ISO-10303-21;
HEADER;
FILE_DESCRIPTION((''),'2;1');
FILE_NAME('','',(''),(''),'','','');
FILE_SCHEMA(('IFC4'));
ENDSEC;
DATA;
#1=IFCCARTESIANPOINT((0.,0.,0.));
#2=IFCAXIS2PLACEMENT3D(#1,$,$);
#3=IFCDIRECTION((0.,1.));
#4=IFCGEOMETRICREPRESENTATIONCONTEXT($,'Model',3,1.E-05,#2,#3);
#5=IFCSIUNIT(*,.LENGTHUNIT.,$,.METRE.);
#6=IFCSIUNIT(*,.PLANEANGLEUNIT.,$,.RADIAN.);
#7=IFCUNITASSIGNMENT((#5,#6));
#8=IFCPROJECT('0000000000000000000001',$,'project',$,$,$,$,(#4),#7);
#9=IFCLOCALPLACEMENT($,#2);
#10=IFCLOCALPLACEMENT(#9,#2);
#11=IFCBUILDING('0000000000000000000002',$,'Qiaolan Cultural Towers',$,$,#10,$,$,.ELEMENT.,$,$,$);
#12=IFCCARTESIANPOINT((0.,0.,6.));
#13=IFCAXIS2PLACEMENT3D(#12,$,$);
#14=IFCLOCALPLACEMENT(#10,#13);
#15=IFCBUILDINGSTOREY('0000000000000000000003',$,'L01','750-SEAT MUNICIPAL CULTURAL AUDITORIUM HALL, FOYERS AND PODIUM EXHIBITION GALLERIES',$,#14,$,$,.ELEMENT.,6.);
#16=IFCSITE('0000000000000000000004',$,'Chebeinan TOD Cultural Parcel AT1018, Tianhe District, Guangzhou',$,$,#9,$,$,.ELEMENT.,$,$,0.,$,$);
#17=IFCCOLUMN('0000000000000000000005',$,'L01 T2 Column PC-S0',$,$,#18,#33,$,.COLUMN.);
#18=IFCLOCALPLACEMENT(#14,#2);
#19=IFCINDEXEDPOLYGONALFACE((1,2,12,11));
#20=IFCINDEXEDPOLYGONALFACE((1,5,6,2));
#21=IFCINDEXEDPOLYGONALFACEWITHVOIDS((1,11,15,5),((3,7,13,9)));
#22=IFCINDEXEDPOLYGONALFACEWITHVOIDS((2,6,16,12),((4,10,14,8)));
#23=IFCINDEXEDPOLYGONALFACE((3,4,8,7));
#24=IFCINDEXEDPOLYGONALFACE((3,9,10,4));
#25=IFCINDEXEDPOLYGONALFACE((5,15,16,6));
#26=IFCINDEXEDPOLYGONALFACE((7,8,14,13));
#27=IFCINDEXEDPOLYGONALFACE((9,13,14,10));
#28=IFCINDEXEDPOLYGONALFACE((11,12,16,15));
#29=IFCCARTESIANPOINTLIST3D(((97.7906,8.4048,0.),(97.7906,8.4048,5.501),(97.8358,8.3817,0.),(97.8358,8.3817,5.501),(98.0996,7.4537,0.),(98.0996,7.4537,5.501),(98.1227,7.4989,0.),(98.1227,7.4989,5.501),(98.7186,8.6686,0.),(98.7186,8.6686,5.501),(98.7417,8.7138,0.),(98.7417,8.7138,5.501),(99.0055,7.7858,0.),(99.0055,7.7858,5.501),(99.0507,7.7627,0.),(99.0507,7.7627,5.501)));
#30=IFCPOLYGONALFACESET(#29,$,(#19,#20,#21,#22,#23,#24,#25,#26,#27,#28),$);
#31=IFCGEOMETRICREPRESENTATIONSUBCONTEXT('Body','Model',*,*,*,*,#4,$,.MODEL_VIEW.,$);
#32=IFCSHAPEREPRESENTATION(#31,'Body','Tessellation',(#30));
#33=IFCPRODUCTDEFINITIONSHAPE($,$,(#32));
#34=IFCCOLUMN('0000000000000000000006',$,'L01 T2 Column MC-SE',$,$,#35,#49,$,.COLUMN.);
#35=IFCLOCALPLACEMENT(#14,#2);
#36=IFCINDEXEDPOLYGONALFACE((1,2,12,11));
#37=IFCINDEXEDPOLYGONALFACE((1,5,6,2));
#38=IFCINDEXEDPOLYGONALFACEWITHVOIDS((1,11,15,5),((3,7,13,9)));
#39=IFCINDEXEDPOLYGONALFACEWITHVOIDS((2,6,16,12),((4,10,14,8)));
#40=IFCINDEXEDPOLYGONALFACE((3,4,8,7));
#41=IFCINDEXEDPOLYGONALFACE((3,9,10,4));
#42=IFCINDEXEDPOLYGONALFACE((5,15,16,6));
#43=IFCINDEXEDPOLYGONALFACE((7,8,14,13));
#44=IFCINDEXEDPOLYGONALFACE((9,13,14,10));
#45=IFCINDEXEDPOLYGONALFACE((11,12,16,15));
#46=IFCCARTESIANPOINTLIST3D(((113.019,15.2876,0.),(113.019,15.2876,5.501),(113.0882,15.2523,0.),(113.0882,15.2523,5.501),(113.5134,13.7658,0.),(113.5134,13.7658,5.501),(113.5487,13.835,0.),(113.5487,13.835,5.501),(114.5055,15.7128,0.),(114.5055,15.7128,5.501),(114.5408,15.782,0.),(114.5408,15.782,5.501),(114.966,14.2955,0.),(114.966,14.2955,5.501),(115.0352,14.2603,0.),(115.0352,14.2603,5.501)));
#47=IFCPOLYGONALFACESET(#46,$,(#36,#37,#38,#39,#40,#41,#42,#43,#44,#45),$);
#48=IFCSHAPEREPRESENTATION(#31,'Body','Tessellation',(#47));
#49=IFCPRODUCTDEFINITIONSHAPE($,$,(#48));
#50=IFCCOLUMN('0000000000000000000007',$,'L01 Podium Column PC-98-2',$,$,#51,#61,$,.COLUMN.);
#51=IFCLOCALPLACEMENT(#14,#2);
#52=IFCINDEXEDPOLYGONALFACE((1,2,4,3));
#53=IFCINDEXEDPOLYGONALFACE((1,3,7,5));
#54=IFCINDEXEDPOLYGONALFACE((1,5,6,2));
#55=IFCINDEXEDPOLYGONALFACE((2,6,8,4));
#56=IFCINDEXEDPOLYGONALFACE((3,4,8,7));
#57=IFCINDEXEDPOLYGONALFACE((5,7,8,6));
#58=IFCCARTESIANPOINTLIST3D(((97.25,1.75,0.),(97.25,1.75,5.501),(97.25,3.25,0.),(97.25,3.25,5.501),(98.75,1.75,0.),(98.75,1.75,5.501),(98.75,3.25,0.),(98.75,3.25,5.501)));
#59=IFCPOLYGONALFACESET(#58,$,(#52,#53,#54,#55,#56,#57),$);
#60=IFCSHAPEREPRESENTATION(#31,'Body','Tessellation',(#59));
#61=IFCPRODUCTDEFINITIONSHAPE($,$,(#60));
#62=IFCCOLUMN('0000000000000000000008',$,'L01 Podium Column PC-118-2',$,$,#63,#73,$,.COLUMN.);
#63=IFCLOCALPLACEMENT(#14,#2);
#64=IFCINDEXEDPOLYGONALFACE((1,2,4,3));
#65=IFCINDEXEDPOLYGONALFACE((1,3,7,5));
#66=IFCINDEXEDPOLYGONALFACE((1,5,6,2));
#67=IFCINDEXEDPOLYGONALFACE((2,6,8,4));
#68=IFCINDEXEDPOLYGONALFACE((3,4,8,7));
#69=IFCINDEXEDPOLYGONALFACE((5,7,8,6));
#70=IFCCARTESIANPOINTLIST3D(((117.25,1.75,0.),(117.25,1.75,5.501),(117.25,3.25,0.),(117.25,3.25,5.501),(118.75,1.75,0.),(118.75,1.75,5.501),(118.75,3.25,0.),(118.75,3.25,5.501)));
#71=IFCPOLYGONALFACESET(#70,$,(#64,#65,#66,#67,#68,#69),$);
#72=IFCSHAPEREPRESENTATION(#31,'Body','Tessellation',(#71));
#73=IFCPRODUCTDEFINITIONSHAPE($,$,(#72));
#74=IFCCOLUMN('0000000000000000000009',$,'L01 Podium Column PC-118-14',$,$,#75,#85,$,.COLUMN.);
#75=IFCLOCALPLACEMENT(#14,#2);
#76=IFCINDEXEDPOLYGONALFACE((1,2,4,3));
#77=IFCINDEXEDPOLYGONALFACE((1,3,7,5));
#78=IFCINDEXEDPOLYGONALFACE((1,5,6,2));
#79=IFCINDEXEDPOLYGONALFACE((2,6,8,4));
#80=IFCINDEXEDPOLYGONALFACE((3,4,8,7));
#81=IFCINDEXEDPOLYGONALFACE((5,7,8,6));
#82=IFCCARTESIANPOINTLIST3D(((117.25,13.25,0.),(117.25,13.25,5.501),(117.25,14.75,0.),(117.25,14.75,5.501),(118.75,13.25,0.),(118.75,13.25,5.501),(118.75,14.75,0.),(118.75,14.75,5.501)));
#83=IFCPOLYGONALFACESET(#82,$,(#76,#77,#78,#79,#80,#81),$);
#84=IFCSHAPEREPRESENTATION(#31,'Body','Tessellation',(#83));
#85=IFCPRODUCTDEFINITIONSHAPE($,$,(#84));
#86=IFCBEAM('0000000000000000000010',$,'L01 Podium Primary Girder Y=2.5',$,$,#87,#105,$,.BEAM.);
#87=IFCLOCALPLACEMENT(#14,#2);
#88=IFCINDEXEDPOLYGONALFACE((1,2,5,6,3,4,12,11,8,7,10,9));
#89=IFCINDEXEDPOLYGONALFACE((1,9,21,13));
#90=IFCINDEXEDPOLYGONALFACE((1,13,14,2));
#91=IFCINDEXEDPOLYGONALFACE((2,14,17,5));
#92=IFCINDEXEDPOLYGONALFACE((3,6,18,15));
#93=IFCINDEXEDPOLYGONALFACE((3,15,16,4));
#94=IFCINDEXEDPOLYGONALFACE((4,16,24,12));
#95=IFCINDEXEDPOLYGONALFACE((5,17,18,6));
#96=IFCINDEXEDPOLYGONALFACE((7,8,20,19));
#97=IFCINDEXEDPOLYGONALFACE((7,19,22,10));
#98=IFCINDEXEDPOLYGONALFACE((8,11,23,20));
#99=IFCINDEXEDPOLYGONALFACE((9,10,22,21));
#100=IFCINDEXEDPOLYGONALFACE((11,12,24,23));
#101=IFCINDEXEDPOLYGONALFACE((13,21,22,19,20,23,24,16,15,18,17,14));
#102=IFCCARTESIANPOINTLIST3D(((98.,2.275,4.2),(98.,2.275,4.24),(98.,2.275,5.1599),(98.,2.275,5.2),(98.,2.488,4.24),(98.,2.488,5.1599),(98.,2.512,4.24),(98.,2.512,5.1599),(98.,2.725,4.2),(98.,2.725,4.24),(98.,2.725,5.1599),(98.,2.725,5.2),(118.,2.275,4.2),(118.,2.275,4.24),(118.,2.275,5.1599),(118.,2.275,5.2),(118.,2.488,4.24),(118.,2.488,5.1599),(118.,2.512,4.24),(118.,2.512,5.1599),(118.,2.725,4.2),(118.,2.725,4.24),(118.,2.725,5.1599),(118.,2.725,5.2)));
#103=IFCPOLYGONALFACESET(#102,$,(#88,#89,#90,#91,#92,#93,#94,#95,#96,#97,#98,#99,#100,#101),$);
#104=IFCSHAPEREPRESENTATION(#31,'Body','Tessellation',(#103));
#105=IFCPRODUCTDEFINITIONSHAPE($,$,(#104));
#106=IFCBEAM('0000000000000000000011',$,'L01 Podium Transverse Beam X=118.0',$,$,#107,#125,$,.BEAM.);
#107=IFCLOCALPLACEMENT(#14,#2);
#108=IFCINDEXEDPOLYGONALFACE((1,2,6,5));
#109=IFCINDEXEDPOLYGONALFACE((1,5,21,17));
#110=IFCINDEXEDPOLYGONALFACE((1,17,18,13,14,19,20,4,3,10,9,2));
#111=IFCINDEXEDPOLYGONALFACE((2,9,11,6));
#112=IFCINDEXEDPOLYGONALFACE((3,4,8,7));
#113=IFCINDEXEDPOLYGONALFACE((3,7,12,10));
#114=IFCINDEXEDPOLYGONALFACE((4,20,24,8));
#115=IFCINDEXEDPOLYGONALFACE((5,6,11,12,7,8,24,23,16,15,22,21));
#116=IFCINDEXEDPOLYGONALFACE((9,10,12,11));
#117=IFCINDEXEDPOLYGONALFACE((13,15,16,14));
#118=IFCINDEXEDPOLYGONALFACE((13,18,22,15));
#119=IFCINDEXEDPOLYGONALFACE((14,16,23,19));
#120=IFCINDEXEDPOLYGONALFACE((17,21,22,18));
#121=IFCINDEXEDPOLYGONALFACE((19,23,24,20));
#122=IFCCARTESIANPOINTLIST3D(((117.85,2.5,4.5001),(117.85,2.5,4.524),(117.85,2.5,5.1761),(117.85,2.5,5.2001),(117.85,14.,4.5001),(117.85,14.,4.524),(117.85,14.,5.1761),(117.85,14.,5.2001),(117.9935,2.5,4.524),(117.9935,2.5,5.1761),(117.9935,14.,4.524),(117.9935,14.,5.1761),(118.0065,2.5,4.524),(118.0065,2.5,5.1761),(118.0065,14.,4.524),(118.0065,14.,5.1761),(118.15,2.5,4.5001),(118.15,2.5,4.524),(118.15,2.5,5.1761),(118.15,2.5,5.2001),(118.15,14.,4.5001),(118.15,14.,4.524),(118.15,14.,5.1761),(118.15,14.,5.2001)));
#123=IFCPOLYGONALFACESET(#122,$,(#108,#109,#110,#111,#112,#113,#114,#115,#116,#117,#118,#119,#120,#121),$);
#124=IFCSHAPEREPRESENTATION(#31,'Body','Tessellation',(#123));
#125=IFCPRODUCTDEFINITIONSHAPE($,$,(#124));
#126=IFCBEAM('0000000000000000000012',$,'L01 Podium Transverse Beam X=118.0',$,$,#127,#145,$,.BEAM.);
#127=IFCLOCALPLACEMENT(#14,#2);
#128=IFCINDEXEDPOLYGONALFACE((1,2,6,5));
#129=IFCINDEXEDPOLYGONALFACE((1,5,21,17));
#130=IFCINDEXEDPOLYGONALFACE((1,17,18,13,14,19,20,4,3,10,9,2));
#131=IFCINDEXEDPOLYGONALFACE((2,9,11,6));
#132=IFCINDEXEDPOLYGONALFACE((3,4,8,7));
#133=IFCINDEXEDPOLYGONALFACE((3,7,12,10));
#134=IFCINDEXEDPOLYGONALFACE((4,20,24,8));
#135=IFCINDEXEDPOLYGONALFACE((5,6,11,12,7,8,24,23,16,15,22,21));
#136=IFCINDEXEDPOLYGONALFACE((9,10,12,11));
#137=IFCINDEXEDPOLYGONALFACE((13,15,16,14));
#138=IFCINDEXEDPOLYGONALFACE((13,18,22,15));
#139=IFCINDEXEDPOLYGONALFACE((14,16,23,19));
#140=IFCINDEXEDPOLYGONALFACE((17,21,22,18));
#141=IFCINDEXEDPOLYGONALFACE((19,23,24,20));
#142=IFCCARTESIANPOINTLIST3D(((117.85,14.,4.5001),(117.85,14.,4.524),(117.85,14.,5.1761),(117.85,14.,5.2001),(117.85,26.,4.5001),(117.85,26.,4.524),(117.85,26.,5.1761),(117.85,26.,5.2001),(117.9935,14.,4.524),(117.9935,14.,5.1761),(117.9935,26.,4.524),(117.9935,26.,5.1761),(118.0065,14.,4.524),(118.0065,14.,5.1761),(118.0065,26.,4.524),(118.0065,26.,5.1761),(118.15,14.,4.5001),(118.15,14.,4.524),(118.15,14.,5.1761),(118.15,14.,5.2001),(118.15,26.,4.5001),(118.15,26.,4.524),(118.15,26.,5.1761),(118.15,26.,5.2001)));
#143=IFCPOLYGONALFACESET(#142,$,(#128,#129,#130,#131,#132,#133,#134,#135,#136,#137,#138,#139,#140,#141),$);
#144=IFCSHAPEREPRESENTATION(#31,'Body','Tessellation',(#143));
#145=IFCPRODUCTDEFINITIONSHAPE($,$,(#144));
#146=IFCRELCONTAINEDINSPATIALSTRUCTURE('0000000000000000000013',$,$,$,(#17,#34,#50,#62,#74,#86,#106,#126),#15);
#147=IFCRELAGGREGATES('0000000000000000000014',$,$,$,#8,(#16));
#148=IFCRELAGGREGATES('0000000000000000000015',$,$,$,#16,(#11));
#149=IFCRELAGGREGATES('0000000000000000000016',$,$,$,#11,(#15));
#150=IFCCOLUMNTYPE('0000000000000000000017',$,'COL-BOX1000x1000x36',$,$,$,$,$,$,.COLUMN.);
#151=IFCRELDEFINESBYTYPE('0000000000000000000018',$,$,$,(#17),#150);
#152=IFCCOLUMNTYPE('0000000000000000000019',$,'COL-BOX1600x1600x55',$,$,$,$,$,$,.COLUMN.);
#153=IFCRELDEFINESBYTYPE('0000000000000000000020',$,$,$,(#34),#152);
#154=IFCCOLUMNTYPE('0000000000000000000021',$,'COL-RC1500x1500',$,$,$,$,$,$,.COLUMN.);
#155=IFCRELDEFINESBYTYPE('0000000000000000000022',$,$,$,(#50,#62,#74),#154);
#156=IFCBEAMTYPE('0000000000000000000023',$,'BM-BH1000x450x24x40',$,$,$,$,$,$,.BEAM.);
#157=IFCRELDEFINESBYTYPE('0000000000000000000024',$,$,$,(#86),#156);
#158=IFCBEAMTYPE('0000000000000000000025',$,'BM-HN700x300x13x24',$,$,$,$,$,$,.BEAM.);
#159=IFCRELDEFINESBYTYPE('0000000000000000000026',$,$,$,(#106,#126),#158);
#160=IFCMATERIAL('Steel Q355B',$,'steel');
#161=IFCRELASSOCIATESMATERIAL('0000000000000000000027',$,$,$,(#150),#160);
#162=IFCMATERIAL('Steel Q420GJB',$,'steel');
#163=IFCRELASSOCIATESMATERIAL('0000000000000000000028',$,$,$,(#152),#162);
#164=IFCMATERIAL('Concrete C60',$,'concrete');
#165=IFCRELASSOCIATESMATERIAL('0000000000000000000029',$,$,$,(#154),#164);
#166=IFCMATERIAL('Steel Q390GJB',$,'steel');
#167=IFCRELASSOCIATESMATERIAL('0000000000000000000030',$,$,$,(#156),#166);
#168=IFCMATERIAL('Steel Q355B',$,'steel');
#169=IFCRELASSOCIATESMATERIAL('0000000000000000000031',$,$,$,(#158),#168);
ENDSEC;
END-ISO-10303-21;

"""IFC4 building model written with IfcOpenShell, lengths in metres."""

from ifc_helpers import new_model, si_unit, direction, frame, origin, origin_2d, place, context, subcontext, project, spatial, rectangle, hollow_rectangle, i_section, extrude, material, material_profile, profile_set, type_object, element, save


model = new_model("IFC4")

# Units and contexts
model_context = context("Model", 3, precision=1e-05, world=origin(), true_north=direction((0.0, 1.0)))
body_context = subcontext(model_context, "Body", "Model", "MODEL_VIEW")
ifc_project = project(units=[si_unit("LENGTHUNIT", "METRE"), si_unit("PLANEANGLEUNIT", "RADIAN")], contexts=[model_context])

# Site, building, storey
site_placement = place(None, origin())
site = spatial("IfcSite", under=ifc_project, at=site_placement, Name="Chebeinan TOD Cultural Parcel AT1018, Tianhe District, Guangzhou", CompositionType="ELEMENT", RefElevation=0.0)
building_placement = place(site_placement, origin())
building = spatial("IfcBuilding", under=site, at=building_placement, Name="Qiaolan Cultural Towers", CompositionType="ELEMENT")
storey_placement = place(building_placement, frame((0.0, 0.0, 6.0)))
storey = spatial("IfcBuildingStorey", under=building, at=storey_placement, Name="L01", Description="750-SEAT MUNICIPAL CULTURAL AUDITORIUM HALL, FOYERS AND PODIUM EXHIBITION GALLERIES", CompositionType="ELEMENT", Elevation=6.0)

# Columns
ifc_material_1 = material(Name="Steel Q355B", Category="steel")
ifc_material_profile_1 = material_profile(ifc_material_1, hollow_rectangle(XDim=1.0, YDim=1.0, WallThickness=0.0359, at=origin_2d()), Name="BOX1000x1000x36")
ifc_profile_set_1 = profile_set([ifc_material_profile_1], Name="Steel Q355B")
column_type_1 = type_object("IfcColumnType", Name="COL-BOX1000x1000x36", PredefinedType="COLUMN", material=ifc_profile_set_1)
column_1_placement = place(storey_placement, frame((98.4207, 8.0837, 0.0), z_axis=(0.0, 0.0, 1.0), x_axis=(0.951057, 0.309017, 0.0)))
element("IfcColumn", 1, at=column_1_placement, inside=storey, type_object=column_type_1, Name="L01 T2 Column PC-S0", PredefinedType="COLUMN", context=body_context, shape_type="SweptSolid", body=[
    extrude(hollow_rectangle(XDim=1.0, YDim=1.0, WallThickness=0.0359, at=origin_2d()), origin(), (0.0, 0.0, 1.0), 5.501),
])
ifc_material_2 = material(Name="Steel Q420GJB", Category="steel")
ifc_material_profile_2 = material_profile(ifc_material_2, hollow_rectangle(XDim=1.6001, YDim=1.6001, WallThickness=0.0549, at=origin_2d()), Name="BOX1600x1600x55")
ifc_profile_set_2 = profile_set([ifc_material_profile_2], Name="Steel Q420GJB")
column_type_2 = type_object("IfcColumnType", Name="COL-BOX1600x1600x55", PredefinedType="COLUMN", material=ifc_profile_set_2)
column_2_placement = place(storey_placement, frame((114.0271, 14.7739, 0.0), z_axis=(0.0, 0.0, 1.0), x_axis=(0.951057, 0.309017, 0.0)))
element("IfcColumn", 2, at=column_2_placement, inside=storey, type_object=column_type_2, Name="L01 T2 Column MC-SE", PredefinedType="COLUMN", context=body_context, shape_type="SweptSolid", body=[
    extrude(hollow_rectangle(XDim=1.6001, YDim=1.6001, WallThickness=0.0549, at=origin_2d()), origin(), (0.0, 0.0, 1.0), 5.501),
])
ifc_material_3 = material(Name="Concrete C60", Category="concrete")
ifc_material_profile_3 = material_profile(ifc_material_3, rectangle(XDim=1.5, YDim=1.5, at=origin_2d()), Name="RC1500x1500")
ifc_profile_set_3 = profile_set([ifc_material_profile_3], Name="Concrete C60")
column_type_3 = type_object("IfcColumnType", Name="COL-RC1500x1500", PredefinedType="COLUMN", material=ifc_profile_set_3)
for number, where, z_axis, x_axis, name in (
    (3, (98.0, 2.5, 0.0), (0.0, 0.0, 1.0), (1.0, 0.0, 0.0), "L01 Podium Column PC-98-2"),
    (4, (118.0, 2.5, 0.0), (0.0, 0.0, 1.0), (1.0, 0.0, 0.0), "L01 Podium Column PC-118-2"),
    (5, (118.0, 14.0, 0.0), (0.0, 0.0, 1.0), (1.0, 0.0, 0.0), "L01 Podium Column PC-118-14"),
):
    element("IfcColumn", number, at=place(storey_placement, frame(where, z_axis=z_axis, x_axis=x_axis)), inside=storey, type_object=column_type_3, Name=name, PredefinedType="COLUMN", context=body_context, shape_type="SweptSolid", body=[
        extrude(rectangle(XDim=1.5, YDim=1.5, at=origin_2d()), origin(), (0.0, 0.0, 1.0), 5.501),
    ])

# Beams
ifc_material_4 = material(Name="Steel Q390GJB", Category="steel")
ifc_material_profile_4 = material_profile(ifc_material_4, i_section(OverallWidth=0.45, OverallDepth=1.0, WebThickness=0.0239, FlangeThickness=0.04, at=origin_2d()), Name="BH1000x450x24x40")
ifc_profile_set_4 = profile_set([ifc_material_profile_4], Name="Steel Q390GJB")
beam_type_1 = type_object("IfcBeamType", Name="BM-BH1000x450x24x40", PredefinedType="BEAM", material=ifc_profile_set_4)
beam_1_placement = place(storey_placement, frame((98.0, 2.5, 4.7), z_axis=(1.0, 0.0, 0.0), x_axis=(0.0, 1.0, 0.0)))
element("IfcBeam", 6, at=beam_1_placement, inside=storey, type_object=beam_type_1, Name="L01 Podium Primary Girder Y=2.5", PredefinedType="BEAM", context=body_context, shape_type="SweptSolid", body=[
    extrude(i_section(OverallWidth=0.45, OverallDepth=1.0, WebThickness=0.0239, FlangeThickness=0.04, at=origin_2d()), origin(), (0.0, 0.0, 1.0), 20.0),
])
ifc_material_5 = material(Name="Steel Q355B", Category="steel")
ifc_material_profile_5 = material_profile(ifc_material_5, i_section(OverallWidth=0.3, OverallDepth=0.7, WebThickness=0.0129, FlangeThickness=0.0239, at=origin_2d()), Name="HN700x300x13x24")
ifc_profile_set_5 = profile_set([ifc_material_profile_5], Name="Steel Q355B")
beam_type_2 = type_object("IfcBeamType", Name="BM-HN700x300x13x24", PredefinedType="BEAM", material=ifc_profile_set_5)
beam_2_placement = place(storey_placement, frame((118.0, 2.5, 4.8501), z_axis=(0.0, 1.0, 0.0), x_axis=(-1.0, 0.0, 0.0)))
element("IfcBeam", 7, at=beam_2_placement, inside=storey, type_object=beam_type_2, Name="L01 Podium Transverse Beam X=118.0", PredefinedType="BEAM", context=body_context, shape_type="SweptSolid", body=[
    extrude(i_section(OverallWidth=0.3, OverallDepth=0.7, WebThickness=0.0129, FlangeThickness=0.0239, at=origin_2d()), origin(), (0.0, 0.0, 1.0), 11.5),
])
beam_3_placement = place(storey_placement, frame((118.0, 14.0, 4.8501), z_axis=(0.0, 1.0, 0.0), x_axis=(-1.0, 0.0, 0.0)))
element("IfcBeam", 8, at=beam_3_placement, inside=storey, type_object=beam_type_2, Name="L01 Podium Transverse Beam X=118.0", PredefinedType="BEAM", context=body_context, shape_type="SweptSolid", body=[
    extrude(i_section(OverallWidth=0.3, OverallDepth=0.7, WebThickness=0.0129, FlangeThickness=0.0239, at=origin_2d()), origin(), (0.0, 0.0, 1.0), 12.0),
])

save(model, "model.ifc")
